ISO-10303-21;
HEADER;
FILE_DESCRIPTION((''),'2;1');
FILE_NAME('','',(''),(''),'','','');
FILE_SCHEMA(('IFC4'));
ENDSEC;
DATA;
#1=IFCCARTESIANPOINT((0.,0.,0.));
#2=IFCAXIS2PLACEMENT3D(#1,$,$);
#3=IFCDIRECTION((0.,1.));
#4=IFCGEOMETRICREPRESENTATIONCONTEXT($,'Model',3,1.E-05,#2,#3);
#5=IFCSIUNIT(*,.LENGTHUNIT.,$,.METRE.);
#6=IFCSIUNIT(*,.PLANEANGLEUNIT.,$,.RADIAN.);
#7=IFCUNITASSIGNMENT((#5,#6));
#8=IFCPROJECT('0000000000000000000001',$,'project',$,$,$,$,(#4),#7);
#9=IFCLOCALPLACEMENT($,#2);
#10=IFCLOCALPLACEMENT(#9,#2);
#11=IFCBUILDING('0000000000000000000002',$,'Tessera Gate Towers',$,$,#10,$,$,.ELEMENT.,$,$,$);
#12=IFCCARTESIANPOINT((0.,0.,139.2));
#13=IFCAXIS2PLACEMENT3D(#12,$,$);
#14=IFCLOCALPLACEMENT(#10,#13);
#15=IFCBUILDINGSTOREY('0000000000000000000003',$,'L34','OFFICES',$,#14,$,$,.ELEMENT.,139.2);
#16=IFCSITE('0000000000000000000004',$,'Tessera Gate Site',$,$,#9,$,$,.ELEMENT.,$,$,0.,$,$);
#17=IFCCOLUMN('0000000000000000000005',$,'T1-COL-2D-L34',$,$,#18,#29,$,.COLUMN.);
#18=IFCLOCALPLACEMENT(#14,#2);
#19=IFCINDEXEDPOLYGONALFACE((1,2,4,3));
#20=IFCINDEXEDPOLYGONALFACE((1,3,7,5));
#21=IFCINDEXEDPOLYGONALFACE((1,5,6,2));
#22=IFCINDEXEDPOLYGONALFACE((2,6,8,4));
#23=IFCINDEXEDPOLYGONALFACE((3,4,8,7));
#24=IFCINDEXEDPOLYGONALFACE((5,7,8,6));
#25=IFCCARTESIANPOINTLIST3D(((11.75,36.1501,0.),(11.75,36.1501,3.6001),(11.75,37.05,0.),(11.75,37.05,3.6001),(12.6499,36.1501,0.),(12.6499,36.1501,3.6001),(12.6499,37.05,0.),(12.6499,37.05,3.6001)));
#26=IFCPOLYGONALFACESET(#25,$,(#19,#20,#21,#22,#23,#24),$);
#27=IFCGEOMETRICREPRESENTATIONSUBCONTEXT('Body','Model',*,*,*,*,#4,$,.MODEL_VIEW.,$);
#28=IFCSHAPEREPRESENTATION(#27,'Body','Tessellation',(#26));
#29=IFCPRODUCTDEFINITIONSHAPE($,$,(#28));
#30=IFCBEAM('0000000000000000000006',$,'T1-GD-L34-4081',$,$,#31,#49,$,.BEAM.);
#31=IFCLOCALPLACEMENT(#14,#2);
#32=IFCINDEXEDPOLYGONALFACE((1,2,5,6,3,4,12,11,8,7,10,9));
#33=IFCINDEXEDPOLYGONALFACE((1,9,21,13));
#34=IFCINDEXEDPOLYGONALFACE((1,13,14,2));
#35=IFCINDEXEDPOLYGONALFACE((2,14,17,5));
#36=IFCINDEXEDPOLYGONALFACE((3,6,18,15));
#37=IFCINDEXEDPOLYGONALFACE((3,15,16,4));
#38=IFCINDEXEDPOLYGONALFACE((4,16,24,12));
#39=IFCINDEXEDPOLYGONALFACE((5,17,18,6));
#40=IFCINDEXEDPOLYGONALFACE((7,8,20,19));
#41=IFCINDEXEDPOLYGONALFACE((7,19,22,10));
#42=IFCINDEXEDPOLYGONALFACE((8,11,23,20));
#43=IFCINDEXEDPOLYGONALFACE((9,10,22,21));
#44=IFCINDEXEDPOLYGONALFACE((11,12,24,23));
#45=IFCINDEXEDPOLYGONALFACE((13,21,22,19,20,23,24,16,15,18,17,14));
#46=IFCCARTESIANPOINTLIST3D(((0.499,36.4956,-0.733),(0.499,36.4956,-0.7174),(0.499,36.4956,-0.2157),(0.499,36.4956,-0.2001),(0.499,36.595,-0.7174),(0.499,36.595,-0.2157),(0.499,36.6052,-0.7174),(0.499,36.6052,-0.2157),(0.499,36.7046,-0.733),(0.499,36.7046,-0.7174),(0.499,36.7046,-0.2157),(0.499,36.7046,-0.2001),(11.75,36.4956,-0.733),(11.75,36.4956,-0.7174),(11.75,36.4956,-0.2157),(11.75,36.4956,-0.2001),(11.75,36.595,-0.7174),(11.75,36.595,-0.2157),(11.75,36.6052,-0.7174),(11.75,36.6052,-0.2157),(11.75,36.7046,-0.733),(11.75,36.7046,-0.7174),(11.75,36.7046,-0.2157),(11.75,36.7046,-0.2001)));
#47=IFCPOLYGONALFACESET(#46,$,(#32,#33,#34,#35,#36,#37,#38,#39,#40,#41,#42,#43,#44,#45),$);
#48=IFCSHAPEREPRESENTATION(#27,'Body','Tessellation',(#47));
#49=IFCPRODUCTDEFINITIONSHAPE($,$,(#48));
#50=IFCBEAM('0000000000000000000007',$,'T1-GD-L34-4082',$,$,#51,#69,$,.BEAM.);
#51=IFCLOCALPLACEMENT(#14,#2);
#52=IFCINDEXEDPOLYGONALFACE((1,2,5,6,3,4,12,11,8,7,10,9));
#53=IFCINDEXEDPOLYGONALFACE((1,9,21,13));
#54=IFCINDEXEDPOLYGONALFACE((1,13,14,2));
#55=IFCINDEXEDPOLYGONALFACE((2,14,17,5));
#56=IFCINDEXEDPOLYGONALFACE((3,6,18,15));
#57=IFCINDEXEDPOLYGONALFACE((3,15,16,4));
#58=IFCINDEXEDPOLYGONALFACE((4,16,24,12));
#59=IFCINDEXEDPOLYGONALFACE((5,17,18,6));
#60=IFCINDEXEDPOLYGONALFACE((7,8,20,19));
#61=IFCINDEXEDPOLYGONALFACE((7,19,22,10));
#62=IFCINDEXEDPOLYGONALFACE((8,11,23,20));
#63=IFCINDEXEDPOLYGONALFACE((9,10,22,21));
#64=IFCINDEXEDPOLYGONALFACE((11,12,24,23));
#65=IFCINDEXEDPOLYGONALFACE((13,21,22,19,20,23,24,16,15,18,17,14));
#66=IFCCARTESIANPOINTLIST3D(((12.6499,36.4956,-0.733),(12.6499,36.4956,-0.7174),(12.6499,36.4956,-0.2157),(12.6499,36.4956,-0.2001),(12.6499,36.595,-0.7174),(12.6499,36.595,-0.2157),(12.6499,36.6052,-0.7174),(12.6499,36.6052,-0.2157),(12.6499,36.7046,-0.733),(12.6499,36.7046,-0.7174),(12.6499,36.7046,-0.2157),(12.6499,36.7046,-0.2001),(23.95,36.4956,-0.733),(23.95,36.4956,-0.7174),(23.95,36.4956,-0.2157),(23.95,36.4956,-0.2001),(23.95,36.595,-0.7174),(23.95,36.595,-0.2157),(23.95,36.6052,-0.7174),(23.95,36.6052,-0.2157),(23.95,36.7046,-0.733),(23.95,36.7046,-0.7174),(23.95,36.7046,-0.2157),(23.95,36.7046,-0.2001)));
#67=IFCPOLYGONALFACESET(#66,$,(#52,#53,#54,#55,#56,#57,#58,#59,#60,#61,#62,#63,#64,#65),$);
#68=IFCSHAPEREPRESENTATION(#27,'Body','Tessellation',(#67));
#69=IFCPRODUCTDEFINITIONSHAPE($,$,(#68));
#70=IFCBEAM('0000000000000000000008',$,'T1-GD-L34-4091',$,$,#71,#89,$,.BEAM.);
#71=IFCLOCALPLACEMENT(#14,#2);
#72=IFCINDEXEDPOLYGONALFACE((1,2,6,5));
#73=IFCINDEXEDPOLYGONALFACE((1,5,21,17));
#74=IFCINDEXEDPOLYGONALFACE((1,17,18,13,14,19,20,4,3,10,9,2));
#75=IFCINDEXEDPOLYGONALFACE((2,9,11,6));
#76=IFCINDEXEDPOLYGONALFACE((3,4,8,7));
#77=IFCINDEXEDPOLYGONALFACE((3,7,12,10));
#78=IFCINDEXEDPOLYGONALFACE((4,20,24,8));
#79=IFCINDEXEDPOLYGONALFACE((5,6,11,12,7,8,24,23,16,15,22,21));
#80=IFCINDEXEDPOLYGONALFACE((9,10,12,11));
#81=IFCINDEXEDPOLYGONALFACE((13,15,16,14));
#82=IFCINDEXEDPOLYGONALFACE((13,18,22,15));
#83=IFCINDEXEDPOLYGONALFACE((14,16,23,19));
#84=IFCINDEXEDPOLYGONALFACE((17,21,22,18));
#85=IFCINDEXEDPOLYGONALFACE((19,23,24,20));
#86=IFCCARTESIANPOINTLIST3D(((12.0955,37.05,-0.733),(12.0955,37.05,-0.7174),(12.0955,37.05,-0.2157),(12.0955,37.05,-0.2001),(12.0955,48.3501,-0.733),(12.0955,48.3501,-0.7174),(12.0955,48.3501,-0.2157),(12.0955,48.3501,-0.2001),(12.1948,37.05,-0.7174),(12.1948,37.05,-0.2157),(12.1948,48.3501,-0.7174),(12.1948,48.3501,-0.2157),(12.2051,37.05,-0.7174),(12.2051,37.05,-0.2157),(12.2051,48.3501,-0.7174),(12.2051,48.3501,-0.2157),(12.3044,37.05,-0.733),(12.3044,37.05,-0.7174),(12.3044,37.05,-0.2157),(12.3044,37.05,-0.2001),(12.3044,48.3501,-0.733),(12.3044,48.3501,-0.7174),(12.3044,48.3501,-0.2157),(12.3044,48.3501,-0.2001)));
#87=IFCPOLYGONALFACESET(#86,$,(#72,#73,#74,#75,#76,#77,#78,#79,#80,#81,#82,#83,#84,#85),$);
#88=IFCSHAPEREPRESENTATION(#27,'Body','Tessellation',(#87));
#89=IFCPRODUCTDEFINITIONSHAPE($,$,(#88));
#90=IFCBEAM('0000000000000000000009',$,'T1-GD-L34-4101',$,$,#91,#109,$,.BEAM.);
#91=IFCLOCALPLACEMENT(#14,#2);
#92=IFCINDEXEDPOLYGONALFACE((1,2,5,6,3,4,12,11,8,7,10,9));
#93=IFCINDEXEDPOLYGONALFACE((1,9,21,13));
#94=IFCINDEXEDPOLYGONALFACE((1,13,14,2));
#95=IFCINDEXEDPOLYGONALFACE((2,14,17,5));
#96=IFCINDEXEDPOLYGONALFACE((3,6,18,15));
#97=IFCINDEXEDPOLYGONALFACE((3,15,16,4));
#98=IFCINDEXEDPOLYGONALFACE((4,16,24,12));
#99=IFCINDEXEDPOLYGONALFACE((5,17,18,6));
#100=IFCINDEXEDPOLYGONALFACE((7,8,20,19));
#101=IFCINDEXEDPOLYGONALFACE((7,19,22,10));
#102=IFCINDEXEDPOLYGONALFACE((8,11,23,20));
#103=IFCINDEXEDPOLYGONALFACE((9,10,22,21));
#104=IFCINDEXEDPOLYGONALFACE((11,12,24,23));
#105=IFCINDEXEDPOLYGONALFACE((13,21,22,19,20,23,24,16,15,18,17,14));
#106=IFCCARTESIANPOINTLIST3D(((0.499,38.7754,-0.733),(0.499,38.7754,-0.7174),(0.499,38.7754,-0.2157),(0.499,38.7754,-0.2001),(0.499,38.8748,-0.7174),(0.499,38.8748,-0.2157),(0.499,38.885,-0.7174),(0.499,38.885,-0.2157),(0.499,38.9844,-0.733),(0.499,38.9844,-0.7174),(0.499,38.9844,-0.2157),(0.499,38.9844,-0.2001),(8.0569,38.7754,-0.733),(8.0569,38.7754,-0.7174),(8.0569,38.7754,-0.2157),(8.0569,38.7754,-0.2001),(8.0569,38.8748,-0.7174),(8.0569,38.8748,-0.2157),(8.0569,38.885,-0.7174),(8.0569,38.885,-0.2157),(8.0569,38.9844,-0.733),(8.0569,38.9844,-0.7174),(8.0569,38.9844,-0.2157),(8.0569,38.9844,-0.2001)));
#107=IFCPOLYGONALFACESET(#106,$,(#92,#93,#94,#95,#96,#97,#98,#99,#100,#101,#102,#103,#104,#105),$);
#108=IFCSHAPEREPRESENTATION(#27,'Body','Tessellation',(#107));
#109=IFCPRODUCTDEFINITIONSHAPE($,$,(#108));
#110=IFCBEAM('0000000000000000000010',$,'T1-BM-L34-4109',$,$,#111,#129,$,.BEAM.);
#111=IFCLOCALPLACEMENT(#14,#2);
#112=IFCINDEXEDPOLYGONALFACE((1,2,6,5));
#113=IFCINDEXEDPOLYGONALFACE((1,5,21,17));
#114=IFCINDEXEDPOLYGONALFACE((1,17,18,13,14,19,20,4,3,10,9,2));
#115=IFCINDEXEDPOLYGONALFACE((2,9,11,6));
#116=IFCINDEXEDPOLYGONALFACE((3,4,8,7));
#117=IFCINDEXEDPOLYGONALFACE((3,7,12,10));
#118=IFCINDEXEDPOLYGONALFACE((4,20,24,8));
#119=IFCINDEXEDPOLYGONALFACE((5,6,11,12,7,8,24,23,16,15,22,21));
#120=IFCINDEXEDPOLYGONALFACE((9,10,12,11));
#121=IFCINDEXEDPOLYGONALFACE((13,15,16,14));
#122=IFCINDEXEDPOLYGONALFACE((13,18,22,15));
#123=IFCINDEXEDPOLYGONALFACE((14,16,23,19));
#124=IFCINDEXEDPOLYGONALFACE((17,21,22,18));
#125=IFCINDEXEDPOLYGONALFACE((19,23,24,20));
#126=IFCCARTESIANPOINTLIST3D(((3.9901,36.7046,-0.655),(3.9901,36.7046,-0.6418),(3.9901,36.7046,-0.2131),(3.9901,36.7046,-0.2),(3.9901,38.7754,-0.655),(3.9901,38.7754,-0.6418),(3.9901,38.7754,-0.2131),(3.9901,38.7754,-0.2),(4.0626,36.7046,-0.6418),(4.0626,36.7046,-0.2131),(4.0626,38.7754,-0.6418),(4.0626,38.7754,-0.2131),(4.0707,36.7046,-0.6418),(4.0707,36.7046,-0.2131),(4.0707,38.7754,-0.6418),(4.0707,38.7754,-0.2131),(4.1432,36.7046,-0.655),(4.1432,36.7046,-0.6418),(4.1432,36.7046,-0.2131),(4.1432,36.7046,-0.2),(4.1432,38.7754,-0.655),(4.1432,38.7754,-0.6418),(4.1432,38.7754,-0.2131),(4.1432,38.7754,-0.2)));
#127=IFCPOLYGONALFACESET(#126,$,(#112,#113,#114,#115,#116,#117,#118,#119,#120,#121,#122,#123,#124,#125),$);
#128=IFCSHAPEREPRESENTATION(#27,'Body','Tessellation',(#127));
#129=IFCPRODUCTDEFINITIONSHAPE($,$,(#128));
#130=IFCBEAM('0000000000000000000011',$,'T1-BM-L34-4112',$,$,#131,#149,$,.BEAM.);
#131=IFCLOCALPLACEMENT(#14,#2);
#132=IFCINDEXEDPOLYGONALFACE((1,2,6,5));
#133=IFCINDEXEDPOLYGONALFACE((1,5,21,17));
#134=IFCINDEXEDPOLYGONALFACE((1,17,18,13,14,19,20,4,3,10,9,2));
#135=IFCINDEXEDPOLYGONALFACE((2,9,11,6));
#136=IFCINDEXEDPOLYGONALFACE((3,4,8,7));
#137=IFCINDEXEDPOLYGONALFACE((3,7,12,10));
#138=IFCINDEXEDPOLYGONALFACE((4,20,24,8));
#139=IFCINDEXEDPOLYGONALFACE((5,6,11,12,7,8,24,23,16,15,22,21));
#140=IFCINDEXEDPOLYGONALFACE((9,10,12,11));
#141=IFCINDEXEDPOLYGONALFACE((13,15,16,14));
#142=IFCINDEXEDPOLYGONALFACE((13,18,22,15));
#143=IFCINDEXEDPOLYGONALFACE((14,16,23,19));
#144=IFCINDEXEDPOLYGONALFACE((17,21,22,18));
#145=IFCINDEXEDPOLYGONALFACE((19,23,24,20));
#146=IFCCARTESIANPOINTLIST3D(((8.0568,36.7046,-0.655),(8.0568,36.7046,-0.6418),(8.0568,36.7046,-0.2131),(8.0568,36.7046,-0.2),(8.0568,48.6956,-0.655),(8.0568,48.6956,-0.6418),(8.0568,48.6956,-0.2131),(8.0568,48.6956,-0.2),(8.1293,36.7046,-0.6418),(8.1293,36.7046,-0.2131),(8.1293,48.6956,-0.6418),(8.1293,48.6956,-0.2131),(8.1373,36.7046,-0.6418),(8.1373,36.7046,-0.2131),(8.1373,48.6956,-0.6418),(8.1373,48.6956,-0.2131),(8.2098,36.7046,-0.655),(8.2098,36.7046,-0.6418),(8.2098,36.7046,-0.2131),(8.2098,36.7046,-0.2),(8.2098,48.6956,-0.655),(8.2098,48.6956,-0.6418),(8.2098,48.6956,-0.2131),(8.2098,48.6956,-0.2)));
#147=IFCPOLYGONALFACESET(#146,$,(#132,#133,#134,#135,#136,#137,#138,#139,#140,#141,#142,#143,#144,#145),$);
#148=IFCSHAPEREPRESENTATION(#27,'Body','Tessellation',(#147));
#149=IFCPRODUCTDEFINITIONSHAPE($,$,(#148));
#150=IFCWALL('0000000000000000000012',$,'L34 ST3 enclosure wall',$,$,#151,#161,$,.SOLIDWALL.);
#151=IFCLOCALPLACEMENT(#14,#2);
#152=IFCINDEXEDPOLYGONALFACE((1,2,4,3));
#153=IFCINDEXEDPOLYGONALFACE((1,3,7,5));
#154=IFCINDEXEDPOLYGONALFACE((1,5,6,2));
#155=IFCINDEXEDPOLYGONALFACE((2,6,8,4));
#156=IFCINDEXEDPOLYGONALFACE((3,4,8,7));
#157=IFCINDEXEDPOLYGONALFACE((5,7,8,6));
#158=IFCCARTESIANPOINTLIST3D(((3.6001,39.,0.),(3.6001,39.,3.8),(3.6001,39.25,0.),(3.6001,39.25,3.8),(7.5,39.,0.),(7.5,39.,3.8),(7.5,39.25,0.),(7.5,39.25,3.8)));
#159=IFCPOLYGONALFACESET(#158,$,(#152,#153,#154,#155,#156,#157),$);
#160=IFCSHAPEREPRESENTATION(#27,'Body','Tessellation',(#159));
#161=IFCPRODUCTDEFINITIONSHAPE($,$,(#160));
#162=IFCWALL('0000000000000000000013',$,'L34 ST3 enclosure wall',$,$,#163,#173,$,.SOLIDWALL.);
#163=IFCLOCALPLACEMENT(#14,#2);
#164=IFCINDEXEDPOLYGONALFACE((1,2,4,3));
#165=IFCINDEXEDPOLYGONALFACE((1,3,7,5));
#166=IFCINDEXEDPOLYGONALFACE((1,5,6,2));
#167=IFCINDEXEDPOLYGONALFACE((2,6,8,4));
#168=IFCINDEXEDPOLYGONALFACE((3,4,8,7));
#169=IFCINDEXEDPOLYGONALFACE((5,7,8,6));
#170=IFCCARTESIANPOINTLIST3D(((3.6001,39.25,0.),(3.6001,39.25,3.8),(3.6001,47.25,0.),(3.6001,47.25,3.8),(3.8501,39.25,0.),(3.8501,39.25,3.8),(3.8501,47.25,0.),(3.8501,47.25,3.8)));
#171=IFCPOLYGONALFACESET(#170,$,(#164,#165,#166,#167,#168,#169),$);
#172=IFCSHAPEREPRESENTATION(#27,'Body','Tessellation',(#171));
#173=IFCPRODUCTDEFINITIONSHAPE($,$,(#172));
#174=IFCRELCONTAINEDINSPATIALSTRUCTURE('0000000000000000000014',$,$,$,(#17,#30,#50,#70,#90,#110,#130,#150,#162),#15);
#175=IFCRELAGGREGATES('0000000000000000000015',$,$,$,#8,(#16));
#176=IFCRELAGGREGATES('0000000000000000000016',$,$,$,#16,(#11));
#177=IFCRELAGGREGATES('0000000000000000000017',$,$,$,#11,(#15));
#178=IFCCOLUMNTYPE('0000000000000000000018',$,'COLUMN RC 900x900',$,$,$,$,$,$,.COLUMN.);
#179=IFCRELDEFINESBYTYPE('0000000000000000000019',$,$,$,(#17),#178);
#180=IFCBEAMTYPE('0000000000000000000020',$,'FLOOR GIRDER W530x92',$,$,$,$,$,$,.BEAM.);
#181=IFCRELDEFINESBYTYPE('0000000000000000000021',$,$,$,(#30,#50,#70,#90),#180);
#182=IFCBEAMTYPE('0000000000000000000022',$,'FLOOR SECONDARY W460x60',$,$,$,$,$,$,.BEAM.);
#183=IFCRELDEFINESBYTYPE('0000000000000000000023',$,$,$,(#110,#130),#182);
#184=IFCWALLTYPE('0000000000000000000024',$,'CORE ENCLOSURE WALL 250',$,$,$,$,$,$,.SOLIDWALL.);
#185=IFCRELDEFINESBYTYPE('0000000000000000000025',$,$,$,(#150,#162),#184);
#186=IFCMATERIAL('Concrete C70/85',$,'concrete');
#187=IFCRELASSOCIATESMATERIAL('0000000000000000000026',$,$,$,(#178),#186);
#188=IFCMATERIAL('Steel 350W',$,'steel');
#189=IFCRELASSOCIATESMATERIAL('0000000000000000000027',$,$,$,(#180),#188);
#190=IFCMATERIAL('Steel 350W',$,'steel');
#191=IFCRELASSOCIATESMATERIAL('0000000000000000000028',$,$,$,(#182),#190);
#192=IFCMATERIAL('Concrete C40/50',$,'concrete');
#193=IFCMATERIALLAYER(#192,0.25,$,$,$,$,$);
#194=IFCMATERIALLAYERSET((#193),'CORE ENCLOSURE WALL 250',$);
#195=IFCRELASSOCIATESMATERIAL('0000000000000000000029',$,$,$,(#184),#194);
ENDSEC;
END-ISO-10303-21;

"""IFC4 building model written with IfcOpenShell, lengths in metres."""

from ifc_helpers import new_model, si_unit, direction, frame, frame_2d, origin, origin_2d, place, context, subcontext, project, spatial, rectangle, i_section, extrude, material, layer, layer_set, material_profile, profile_set, type_object, element, save


model = new_model("IFC4")

# Units and contexts
model_context = context("Model", 3, precision=1e-05, world=origin(), true_north=direction((0.0, 1.0)))
body_context = subcontext(model_context, "Body", "Model", "MODEL_VIEW")
ifc_project = project(units=[si_unit("LENGTHUNIT", "METRE"), si_unit("PLANEANGLEUNIT", "RADIAN")], contexts=[model_context])

# Site, building, storey
site_placement = place(None, origin())
site = spatial("IfcSite", under=ifc_project, at=site_placement, Name="Tessera Gate Site", CompositionType="ELEMENT", RefElevation=0.0)
building_placement = place(site_placement, origin())
building = spatial("IfcBuilding", under=site, at=building_placement, Name="Tessera Gate Towers", CompositionType="ELEMENT")
storey_placement = place(building_placement, frame((0.0, 0.0, 139.2)))
storey = spatial("IfcBuildingStorey", under=building, at=storey_placement, Name="L34", Description="OFFICES", CompositionType="ELEMENT", Elevation=139.2)

# Column
ifc_material_1 = material(Name="Concrete C70/85", Category="concrete")
ifc_material_profile_1 = material_profile(ifc_material_1, rectangle(XDim=0.8999, YDim=0.8999, at=origin_2d()), Name="RC 900x900")
ifc_profile_set_1 = profile_set([ifc_material_profile_1], Name="Concrete C70/85")
column_type = type_object("IfcColumnType", Name="COLUMN RC 900x900", PredefinedType="COLUMN", material=ifc_profile_set_1)
column_placement = place(storey_placement, frame((12.2, 36.6001, 0.0), z_axis=(0.0, 0.0, 1.0), x_axis=(1.0, 0.0, 0.0)))
element("IfcColumn", 1, at=column_placement, inside=storey, type_object=column_type, Name="T1-COL-2D-L34", PredefinedType="COLUMN", context=body_context, shape_type="SweptSolid", body=[
    extrude(rectangle(XDim=0.8999, YDim=0.8999, at=origin_2d()), origin(), (0.0, 0.0, 1.0), 3.6001),
])

# Beams
ifc_material_2 = material(Name="Steel 350W", Category="steel")
ifc_material_profile_2 = material_profile(ifc_material_2, i_section(OverallWidth=0.209, OverallDepth=0.533, WebThickness=0.0103, FlangeThickness=0.0156, at=origin_2d()), Name="W530x92")
ifc_profile_set_2 = profile_set([ifc_material_profile_2], Name="Steel 350W")
beam_type_1 = type_object("IfcBeamType", Name="FLOOR GIRDER W530x92", PredefinedType="BEAM", material=ifc_profile_set_2)
beam_1_placement = place(storey_placement, frame((0.499, 36.6001, -0.4666), z_axis=(1.0, 0.0, 0.0), x_axis=(0.0, 1.0, 0.0)))
element("IfcBeam", 2, at=beam_1_placement, inside=storey, type_object=beam_type_1, Name="T1-GD-L34-4081", PredefinedType="BEAM", context=body_context, shape_type="SweptSolid", body=[
    extrude(i_section(OverallWidth=0.209, OverallDepth=0.533, WebThickness=0.0103, FlangeThickness=0.0156, at=origin_2d()), origin(), (0.0, 0.0, 1.0), 11.251),
])
for number, where, z_axis, x_axis, name in (
    (3, (12.6499, 36.6001, -0.4666), (1.0, 0.0, 0.0), (0.0, 1.0, 0.0), "T1-GD-L34-4082"),
    (4, (12.2, 37.05, -0.4666), (0.0, 1.0, 0.0), (-1.0, 0.0, 0.0), "T1-GD-L34-4091"),
):
    element("IfcBeam", number, at=place(storey_placement, frame(where, z_axis=z_axis, x_axis=x_axis)), inside=storey, type_object=beam_type_1, Name=name, PredefinedType="BEAM", context=body_context, shape_type="SweptSolid", body=[
        extrude(i_section(OverallWidth=0.209, OverallDepth=0.533, WebThickness=0.0103, FlangeThickness=0.0156, at=origin_2d()), origin(), (0.0, 0.0, 1.0), 11.3),
    ])
beam_2_placement = place(storey_placement, frame((0.499, 38.8799, -0.4666), z_axis=(1.0, 0.0, 0.0), x_axis=(0.0, 1.0, 0.0)))
element("IfcBeam", 5, at=beam_2_placement, inside=storey, type_object=beam_type_1, Name="T1-GD-L34-4101", PredefinedType="BEAM", context=body_context, shape_type="SweptSolid", body=[
    extrude(i_section(OverallWidth=0.209, OverallDepth=0.533, WebThickness=0.0103, FlangeThickness=0.0156, at=origin_2d()), origin(), (0.0, 0.0, 1.0), 7.5579),
])
ifc_material_3 = material(Name="Steel 350W", Category="steel")
ifc_material_profile_3 = material_profile(ifc_material_3, i_section(OverallWidth=0.1531, OverallDepth=0.4551, WebThickness=0.0081, FlangeThickness=0.0132, at=origin_2d()), Name="W460x60")
ifc_profile_set_3 = profile_set([ifc_material_profile_3], Name="Steel 350W")
beam_type_2 = type_object("IfcBeamType", Name="FLOOR SECONDARY W460x60", PredefinedType="BEAM", material=ifc_profile_set_3)
beam_3_placement = place(storey_placement, frame((4.0667, 36.7046, -0.4275), z_axis=(0.0, 1.0, 0.0), x_axis=(-1.0, 0.0, 0.0)))
element("IfcBeam", 6, at=beam_3_placement, inside=storey, type_object=beam_type_2, Name="T1-BM-L34-4109", PredefinedType="BEAM", context=body_context, shape_type="SweptSolid", body=[
    extrude(i_section(OverallWidth=0.1531, OverallDepth=0.4551, WebThickness=0.0081, FlangeThickness=0.0132, at=origin_2d()), origin(), (0.0, 0.0, 1.0), 2.0708),
])
beam_4_placement = place(storey_placement, frame((8.1333, 36.7046, -0.4275), z_axis=(0.0, 1.0, 0.0), x_axis=(-1.0, 0.0, 0.0)))
element("IfcBeam", 7, at=beam_4_placement, inside=storey, type_object=beam_type_2, Name="T1-BM-L34-4112", PredefinedType="BEAM", context=body_context, shape_type="SweptSolid", body=[
    extrude(i_section(OverallWidth=0.1531, OverallDepth=0.4551, WebThickness=0.0081, FlangeThickness=0.0132, at=origin_2d()), origin(), (0.0, 0.0, 1.0), 11.991),
])

# Walls
ifc_material_4 = material(Name="Concrete C40/50", Category="concrete")
ifc_layer_1 = layer(ifc_material_4, 0.25)
ifc_layer_set_1 = layer_set([ifc_layer_1], Name="CORE ENCLOSURE WALL 250")
wall_type_1 = type_object("IfcWallType", Name="CORE ENCLOSURE WALL 250", PredefinedType="SOLIDWALL", material=ifc_layer_set_1)
wall_1_placement = place(storey_placement, frame((7.5, 39.125, 0.0), z_axis=(0.0, 0.0, 1.0), x_axis=(-1.0, 0.0, 0.0)))
element("IfcWall", 8, at=wall_1_placement, inside=storey, type_object=wall_type_1, Name="L34 ST3 enclosure wall", PredefinedType="SOLIDWALL", context=body_context, shape_type="SweptSolid", body=[
    extrude(rectangle(XDim=3.8999, YDim=0.25, at=frame_2d((1.95, 0.0))), origin(), (0.0, 0.0, 1.0), 3.8),
])
wall_2_placement = place(storey_placement, frame((3.7251, 39.25, 0.0), z_axis=(0.0, 0.0, 1.0), x_axis=(0.0, 1.0, 0.0)))
element("IfcWall", 9, at=wall_2_placement, inside=storey, type_object=wall_type_1, Name="L34 ST3 enclosure wall", PredefinedType="SOLIDWALL", context=body_context, shape_type="SweptSolid", body=[
    extrude(rectangle(XDim=8.0, YDim=0.25, at=frame_2d((4.0, 0.0))), origin(), (0.0, 0.0, 1.0), 3.8),
])

save(model, "model.ifc")
